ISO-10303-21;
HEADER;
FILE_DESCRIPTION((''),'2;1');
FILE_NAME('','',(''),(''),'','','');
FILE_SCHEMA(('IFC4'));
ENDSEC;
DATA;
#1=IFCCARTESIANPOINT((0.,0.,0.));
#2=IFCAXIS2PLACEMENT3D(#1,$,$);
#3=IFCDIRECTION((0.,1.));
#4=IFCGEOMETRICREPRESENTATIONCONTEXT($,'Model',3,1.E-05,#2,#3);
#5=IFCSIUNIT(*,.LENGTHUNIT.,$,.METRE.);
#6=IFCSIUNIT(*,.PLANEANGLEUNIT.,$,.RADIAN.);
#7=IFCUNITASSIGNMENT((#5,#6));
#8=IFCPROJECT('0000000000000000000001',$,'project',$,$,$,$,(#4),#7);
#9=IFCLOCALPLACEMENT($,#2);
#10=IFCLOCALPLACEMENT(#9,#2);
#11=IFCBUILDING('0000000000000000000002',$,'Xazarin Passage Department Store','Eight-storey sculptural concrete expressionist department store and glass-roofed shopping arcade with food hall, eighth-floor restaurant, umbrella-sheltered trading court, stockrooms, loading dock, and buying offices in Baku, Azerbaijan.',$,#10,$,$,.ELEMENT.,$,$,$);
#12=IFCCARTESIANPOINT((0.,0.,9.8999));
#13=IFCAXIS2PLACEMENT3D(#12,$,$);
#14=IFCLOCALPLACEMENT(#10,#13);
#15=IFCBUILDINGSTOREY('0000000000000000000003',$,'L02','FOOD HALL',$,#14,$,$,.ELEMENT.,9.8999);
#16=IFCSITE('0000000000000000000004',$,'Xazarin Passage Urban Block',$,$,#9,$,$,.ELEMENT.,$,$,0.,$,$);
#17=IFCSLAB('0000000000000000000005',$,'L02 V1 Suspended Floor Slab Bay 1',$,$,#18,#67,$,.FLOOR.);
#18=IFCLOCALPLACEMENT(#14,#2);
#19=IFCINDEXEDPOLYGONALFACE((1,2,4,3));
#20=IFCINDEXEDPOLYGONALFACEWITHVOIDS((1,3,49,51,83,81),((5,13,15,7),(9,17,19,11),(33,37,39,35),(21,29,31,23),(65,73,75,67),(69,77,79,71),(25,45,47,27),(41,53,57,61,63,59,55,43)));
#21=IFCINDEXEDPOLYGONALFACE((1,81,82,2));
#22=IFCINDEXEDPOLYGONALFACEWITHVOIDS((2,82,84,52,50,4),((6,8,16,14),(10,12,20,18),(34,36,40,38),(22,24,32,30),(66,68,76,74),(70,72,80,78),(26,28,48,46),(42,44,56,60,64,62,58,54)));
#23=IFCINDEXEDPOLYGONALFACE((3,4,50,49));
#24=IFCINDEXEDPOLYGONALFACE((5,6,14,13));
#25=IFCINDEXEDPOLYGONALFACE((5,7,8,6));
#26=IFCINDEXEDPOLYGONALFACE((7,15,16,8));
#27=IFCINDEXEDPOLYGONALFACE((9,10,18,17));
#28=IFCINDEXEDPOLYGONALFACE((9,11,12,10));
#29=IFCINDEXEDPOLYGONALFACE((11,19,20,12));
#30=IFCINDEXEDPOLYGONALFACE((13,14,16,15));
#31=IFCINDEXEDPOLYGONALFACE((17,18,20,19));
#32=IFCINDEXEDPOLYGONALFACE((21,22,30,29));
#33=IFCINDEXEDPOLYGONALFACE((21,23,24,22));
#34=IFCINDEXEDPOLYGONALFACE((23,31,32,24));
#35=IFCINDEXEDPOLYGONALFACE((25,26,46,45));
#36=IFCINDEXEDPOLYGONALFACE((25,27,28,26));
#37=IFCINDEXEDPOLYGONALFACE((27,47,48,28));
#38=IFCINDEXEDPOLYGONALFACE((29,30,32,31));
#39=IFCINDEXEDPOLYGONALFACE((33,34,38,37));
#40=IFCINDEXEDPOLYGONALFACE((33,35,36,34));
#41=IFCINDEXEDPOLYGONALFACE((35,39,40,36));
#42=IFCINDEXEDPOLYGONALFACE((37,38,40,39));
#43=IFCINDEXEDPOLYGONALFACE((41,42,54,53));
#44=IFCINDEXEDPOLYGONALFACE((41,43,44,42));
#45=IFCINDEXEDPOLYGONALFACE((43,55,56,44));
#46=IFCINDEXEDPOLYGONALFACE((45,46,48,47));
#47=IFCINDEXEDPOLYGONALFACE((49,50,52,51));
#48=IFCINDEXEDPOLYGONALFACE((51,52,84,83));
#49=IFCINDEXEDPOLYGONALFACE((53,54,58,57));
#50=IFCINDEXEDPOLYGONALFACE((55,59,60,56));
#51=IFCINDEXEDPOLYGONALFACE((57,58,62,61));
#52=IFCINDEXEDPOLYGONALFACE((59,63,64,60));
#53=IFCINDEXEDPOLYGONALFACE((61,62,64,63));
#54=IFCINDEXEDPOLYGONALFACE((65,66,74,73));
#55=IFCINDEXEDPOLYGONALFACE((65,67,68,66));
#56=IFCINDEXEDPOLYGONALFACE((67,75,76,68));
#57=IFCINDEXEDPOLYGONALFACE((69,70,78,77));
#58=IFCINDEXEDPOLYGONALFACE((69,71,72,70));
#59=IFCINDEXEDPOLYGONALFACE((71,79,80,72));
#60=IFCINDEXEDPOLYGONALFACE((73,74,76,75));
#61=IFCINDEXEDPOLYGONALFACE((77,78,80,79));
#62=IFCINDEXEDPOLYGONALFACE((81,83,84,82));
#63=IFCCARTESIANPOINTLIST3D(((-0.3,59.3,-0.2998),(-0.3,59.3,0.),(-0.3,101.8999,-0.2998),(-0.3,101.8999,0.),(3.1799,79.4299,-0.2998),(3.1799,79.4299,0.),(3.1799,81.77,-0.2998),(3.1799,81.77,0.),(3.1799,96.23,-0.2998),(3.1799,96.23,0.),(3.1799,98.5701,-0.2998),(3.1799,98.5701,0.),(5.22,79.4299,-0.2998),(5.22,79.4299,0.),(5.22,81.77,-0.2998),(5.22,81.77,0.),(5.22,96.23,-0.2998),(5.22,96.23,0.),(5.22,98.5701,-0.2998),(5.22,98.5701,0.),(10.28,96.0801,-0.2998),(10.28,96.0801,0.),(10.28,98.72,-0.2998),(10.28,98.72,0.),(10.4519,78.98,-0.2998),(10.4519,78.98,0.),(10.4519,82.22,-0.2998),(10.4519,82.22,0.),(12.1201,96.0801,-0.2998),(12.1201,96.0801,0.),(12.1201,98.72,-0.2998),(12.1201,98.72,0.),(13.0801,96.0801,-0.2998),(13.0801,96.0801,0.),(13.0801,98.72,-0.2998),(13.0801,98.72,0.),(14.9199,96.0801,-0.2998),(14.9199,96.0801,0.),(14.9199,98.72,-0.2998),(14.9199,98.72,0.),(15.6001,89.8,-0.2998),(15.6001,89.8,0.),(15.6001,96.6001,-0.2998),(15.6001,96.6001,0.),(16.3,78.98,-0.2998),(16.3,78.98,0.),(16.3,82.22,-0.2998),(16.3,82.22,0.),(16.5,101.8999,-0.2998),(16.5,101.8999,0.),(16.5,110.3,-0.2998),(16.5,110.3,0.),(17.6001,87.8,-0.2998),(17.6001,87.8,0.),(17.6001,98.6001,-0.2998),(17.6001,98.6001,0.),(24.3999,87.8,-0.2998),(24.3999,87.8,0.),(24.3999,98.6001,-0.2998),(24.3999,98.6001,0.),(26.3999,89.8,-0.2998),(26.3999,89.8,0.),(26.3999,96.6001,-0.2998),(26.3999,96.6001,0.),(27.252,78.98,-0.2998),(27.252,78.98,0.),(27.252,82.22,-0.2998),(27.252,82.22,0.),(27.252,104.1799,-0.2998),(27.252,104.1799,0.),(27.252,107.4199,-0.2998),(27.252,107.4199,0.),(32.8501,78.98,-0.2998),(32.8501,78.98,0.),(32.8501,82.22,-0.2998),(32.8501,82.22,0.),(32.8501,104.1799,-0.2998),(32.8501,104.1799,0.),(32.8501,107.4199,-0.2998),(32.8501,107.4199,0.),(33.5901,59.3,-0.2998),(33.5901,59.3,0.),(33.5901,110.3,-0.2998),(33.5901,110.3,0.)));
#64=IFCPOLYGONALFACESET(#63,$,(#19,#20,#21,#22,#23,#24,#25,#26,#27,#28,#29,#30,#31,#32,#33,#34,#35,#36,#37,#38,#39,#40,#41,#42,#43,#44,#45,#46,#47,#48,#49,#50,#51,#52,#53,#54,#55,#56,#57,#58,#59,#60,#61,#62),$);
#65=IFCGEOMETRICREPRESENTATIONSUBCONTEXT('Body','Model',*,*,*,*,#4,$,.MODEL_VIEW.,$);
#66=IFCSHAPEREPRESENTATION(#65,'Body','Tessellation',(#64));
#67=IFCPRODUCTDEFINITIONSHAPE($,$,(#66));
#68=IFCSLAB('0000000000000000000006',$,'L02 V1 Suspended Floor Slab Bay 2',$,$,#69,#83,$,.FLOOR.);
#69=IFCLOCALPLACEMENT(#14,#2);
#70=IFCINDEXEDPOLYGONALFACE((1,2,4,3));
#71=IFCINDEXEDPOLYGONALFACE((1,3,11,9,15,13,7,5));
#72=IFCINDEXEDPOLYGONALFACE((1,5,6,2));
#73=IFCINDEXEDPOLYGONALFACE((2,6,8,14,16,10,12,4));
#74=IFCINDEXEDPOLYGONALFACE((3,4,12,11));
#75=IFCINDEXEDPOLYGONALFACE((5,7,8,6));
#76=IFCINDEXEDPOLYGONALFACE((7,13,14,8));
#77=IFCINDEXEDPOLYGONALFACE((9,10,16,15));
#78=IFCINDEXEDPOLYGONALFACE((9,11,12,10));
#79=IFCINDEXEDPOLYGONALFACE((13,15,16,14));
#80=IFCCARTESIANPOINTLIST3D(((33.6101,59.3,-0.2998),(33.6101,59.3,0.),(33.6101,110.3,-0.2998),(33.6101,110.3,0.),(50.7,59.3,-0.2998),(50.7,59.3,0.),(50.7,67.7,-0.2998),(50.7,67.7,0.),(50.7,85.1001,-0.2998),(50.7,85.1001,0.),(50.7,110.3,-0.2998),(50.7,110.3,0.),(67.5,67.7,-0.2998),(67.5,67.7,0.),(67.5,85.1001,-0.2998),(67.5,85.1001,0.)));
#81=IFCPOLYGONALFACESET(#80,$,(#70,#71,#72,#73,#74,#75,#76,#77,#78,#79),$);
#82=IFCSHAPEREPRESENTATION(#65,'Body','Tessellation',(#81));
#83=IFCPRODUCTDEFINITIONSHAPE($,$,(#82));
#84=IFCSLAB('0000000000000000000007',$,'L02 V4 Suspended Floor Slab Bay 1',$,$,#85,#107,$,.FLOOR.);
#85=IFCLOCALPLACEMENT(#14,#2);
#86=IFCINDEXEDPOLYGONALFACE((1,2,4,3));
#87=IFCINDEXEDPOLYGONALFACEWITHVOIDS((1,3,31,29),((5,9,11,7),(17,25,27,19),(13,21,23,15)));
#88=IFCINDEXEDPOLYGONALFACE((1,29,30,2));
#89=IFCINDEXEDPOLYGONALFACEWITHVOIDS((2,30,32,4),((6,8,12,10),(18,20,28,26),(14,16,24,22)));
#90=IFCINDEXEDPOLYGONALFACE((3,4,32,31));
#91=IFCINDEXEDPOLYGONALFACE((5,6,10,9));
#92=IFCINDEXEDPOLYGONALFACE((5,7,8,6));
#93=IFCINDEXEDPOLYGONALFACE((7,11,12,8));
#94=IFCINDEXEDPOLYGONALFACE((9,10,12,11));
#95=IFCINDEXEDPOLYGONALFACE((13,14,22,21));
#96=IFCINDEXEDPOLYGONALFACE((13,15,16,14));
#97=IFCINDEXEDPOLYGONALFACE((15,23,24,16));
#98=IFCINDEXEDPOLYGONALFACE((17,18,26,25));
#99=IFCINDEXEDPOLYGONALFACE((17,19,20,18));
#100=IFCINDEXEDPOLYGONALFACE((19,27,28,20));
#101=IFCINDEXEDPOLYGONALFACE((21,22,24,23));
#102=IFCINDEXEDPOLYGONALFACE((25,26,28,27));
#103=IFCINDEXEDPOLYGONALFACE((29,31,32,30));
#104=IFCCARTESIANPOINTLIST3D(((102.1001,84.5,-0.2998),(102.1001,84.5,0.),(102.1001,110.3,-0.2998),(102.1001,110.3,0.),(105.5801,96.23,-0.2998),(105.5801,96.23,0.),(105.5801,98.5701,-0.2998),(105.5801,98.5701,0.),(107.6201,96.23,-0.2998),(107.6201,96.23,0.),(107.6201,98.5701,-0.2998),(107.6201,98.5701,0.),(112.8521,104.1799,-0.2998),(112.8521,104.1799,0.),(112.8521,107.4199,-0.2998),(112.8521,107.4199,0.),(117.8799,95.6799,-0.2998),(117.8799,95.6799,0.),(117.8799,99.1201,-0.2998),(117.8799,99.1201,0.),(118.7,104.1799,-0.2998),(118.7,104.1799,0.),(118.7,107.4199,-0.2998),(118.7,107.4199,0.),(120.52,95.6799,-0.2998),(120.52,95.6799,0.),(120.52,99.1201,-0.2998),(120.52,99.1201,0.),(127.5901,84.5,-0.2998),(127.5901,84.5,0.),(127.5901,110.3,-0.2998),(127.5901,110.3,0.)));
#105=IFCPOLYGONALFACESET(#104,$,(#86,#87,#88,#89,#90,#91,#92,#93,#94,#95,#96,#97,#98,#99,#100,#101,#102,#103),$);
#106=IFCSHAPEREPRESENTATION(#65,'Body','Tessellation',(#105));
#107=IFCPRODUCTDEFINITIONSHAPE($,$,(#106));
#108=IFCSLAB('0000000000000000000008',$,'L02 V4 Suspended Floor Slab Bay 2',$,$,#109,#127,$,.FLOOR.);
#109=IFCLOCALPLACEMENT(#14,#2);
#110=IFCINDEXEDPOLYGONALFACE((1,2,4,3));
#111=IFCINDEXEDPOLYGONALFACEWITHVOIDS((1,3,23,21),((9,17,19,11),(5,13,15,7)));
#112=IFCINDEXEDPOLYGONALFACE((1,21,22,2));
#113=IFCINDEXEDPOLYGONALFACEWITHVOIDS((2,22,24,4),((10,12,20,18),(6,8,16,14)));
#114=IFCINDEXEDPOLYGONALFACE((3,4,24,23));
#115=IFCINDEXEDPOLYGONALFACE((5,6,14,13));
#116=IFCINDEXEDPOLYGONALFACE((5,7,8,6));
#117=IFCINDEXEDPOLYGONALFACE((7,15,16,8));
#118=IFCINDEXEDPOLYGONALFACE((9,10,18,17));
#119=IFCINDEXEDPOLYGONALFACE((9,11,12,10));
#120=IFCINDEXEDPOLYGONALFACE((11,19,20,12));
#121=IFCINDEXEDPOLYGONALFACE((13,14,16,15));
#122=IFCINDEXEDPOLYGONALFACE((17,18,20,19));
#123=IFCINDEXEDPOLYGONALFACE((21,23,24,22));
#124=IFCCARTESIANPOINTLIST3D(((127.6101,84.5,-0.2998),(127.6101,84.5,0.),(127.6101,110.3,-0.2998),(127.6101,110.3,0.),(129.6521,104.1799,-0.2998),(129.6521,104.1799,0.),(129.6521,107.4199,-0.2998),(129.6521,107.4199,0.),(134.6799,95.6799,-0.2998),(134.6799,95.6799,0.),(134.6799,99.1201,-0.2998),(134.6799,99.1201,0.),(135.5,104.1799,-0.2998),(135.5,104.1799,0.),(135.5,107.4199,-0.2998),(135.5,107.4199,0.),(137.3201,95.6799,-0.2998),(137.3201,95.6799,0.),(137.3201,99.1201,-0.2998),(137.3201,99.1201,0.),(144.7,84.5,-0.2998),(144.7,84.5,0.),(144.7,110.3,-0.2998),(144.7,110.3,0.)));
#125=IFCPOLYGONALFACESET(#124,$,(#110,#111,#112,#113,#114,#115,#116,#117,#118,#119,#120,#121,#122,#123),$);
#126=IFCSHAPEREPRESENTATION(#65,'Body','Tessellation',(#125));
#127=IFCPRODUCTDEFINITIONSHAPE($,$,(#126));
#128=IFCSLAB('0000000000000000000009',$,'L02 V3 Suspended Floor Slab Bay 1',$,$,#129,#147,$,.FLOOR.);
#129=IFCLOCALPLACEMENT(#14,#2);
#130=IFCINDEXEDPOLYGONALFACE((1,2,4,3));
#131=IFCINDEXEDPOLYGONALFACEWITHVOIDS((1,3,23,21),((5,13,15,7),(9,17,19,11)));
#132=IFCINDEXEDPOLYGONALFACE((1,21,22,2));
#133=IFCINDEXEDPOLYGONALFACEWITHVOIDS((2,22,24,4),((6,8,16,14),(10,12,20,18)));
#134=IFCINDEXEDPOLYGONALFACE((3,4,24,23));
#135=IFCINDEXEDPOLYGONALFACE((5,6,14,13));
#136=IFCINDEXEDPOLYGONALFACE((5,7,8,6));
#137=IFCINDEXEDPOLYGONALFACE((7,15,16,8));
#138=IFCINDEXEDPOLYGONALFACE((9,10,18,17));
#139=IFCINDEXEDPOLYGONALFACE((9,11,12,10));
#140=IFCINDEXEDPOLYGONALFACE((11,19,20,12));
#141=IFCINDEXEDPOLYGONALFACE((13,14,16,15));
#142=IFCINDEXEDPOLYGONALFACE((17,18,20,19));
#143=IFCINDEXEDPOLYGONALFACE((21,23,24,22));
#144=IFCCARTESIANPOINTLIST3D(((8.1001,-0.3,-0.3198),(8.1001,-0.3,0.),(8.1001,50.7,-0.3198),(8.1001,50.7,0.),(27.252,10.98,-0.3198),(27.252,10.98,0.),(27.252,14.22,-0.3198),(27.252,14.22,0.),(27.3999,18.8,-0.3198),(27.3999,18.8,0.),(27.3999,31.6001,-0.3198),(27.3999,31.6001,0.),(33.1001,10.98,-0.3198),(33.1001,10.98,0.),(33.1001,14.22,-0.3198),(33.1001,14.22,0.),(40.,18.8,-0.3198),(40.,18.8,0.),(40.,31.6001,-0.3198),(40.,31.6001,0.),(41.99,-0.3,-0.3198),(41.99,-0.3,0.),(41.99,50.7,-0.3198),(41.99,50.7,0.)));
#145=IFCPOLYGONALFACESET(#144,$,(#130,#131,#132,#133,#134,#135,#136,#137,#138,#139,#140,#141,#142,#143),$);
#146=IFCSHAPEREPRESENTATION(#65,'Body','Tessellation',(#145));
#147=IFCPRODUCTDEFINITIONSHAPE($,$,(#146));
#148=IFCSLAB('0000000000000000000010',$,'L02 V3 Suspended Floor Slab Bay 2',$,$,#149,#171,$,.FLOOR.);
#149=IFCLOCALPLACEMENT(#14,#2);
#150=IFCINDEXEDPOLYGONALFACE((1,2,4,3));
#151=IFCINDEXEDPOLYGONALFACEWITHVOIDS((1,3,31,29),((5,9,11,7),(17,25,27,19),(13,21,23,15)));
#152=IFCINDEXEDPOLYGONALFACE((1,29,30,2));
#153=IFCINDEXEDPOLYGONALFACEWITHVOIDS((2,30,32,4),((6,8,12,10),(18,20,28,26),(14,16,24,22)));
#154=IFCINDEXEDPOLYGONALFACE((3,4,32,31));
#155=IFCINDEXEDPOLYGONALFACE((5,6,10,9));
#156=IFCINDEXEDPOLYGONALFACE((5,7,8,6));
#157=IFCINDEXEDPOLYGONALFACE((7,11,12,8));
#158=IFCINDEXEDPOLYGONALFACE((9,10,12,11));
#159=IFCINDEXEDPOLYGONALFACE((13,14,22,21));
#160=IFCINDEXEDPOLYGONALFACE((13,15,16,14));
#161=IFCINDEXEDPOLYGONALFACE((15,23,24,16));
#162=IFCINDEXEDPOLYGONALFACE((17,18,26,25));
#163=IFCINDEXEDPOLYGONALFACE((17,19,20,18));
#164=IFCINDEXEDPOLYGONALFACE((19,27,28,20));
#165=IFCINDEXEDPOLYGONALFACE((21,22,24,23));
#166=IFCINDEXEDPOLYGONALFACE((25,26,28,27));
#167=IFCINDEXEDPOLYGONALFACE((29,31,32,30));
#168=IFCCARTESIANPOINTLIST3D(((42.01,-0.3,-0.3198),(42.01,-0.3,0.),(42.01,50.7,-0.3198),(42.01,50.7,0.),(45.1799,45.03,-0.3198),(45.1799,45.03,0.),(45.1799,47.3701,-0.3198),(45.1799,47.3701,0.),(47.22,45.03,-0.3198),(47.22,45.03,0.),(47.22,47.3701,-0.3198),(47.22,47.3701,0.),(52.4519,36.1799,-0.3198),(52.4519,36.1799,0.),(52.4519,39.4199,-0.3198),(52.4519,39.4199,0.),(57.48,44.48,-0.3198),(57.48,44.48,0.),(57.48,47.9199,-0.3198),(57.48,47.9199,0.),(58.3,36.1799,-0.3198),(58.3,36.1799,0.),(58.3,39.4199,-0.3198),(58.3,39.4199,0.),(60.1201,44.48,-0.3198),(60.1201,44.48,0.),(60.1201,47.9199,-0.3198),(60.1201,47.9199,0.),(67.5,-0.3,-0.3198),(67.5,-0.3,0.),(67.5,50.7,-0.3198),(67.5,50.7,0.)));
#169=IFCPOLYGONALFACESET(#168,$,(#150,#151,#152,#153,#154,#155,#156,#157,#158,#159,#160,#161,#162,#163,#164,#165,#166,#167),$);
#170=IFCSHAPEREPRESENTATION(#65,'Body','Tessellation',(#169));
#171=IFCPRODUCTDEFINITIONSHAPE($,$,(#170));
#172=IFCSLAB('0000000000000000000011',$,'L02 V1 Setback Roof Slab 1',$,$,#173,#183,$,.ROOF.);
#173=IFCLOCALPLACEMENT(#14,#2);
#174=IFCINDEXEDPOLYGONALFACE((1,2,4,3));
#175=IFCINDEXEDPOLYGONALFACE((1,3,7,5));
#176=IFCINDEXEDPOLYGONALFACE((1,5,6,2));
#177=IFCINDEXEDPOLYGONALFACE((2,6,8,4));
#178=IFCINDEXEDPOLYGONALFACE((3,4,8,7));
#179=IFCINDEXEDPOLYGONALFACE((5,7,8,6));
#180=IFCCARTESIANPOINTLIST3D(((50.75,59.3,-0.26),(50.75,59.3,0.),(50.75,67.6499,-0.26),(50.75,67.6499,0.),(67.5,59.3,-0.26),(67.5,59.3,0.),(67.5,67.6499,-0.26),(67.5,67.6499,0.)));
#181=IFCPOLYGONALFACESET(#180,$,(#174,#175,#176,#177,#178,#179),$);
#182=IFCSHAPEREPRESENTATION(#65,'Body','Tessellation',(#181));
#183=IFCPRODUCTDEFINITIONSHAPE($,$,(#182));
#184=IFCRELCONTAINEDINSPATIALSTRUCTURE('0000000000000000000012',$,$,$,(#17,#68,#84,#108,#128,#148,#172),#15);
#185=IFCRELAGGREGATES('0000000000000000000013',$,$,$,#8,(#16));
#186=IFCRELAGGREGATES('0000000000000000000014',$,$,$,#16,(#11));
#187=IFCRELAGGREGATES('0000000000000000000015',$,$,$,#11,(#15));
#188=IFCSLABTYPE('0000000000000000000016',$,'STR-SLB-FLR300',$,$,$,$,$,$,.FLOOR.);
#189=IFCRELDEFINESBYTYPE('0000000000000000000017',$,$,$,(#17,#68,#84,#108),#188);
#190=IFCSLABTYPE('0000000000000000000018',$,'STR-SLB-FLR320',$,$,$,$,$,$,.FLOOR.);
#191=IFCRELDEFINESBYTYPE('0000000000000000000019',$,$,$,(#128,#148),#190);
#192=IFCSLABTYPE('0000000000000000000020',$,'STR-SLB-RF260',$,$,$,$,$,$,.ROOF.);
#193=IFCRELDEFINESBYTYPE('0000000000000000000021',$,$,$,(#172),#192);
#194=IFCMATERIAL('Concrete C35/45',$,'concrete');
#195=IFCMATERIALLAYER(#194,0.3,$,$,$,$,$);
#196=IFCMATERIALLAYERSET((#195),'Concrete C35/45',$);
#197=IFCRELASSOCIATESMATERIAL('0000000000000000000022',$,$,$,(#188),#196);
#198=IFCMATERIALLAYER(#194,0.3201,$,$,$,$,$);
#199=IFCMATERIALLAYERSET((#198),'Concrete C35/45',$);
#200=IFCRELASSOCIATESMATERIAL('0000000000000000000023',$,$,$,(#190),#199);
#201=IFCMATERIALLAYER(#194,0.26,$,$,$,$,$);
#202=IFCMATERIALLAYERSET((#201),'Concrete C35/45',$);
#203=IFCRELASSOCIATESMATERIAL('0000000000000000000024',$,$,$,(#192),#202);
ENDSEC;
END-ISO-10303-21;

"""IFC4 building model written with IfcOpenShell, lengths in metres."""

from ifc_helpers import new_model, si_unit, direction, frame, origin, place, context, subcontext, project, spatial, polyline, outline, extrude, material, layer, layer_set, type_object, element, save


model = new_model("IFC4")

# Units and contexts
model_context = context("Model", 3, precision=1e-05, world=origin(), true_north=direction((0.0, 1.0)))
body_context = subcontext(model_context, "Body", "Model", "MODEL_VIEW")
ifc_project = project(units=[si_unit("LENGTHUNIT", "METRE"), si_unit("PLANEANGLEUNIT", "RADIAN")], contexts=[model_context])

# Site, building, storey
site_placement = place(None, origin())
site = spatial("IfcSite", under=ifc_project, at=site_placement, Name="Xazarin Passage Urban Block", CompositionType="ELEMENT", RefElevation=0.0)
building_placement = place(site_placement, origin())
building = spatial("IfcBuilding", under=site, at=building_placement, Name="Xazarin Passage Department Store", Description="Eight-storey sculptural concrete expressionist department store and glass-roofed shopping arcade with food hall, eighth-floor restaurant, umbrella-sheltered trading court, stockrooms, loading dock, and buying offices in Baku, Azerbaijan.", CompositionType="ELEMENT")
storey_placement = place(building_placement, frame((0.0, 0.0, 9.8999)))
storey = spatial("IfcBuildingStorey", under=building, at=storey_placement, Name="L02", Description="FOOD HALL", CompositionType="ELEMENT", Elevation=9.8999)

# Slabs
ifc_material_1 = material(Name="Concrete C35/45", Category="concrete")
ifc_layer_1 = layer(ifc_material_1, 0.3)
ifc_layer_set_1 = layer_set([ifc_layer_1], Name="Concrete C35/45")
slab_type_1 = type_object("IfcSlabType", Name="STR-SLB-FLR300", PredefinedType="FLOOR", material=ifc_layer_set_1)
slab_1_placement = place(storey_placement, frame((0.0, 0.0, -0.2998)))
element("IfcSlab", 1, at=slab_1_placement, inside=storey, type_object=slab_type_1, Name="L02 V1 Suspended Floor Slab Bay 1", PredefinedType="FLOOR", context=body_context, shape_type="SweptSolid", body=[
    extrude(outline(polyline([(33.5901, 59.3), (33.5901, 110.3), (16.5, 110.3), (16.5, 101.8999), (-0.3, 101.8999), (-0.3, 59.3), (33.5901, 59.3)]), holes=[polyline([(32.8501, 82.22), (32.8501, 78.98), (27.252, 78.98), (27.252, 82.22), (32.8501, 82.22)]), polyline([(32.8501, 107.4199), (32.8501, 104.1799), (27.252, 104.1799), (27.252, 107.4199), (32.8501, 107.4199)]), polyline([(15.6001, 96.6001), (17.6001, 98.6001), (24.3999, 98.6001), (26.3999, 96.6001), (26.3999, 89.8), (24.3999, 87.8), (17.6001, 87.8), (15.6001, 89.8), (15.6001, 96.6001)]), polyline([(16.3, 82.22), (16.3, 78.98), (10.4519, 78.98), (10.4519, 82.22), (16.3, 82.22)]), polyline([(13.0801, 98.72), (14.9199, 98.72), (14.9199, 96.0801), (13.0801, 96.0801), (13.0801, 98.72)]), polyline([(10.28, 98.72), (12.1201, 98.72), (12.1201, 96.0801), (10.28, 96.0801), (10.28, 98.72)]), polyline([(3.1799, 81.77), (5.22, 81.77), (5.22, 79.4299), (3.1799, 79.4299), (3.1799, 81.77)]), polyline([(3.1799, 98.5701), (5.22, 98.5701), (5.22, 96.23), (3.1799, 96.23), (3.1799, 98.5701)])]), origin(), (0.0, 0.0, 1.0), 0.2998),
])
slab_2_placement = place(storey_placement, frame((0.0, 0.0, -0.2998)))
element("IfcSlab", 2, at=slab_2_placement, inside=storey, type_object=slab_type_1, Name="L02 V1 Suspended Floor Slab Bay 2", PredefinedType="FLOOR", context=body_context, shape_type="SweptSolid", body=[
    extrude(outline(polyline([(50.7, 67.7), (67.5, 67.7), (67.5, 85.1001), (50.7, 85.1001), (50.7, 110.3), (33.6101, 110.3), (33.6101, 59.3), (50.7, 59.3), (50.7, 67.7)])), origin(), (0.0, 0.0, 1.0), 0.2998),
])
slab_3_placement = place(storey_placement, frame((0.0, 0.0, -0.2998)))
element("IfcSlab", 3, at=slab_3_placement, inside=storey, type_object=slab_type_1, Name="L02 V4 Suspended Floor Slab Bay 1", PredefinedType="FLOOR", context=body_context, shape_type="SweptSolid", body=[
    extrude(outline(polyline([(102.1001, 84.5), (127.5901, 84.5), (127.5901, 110.3), (102.1001, 110.3), (102.1001, 84.5)]), holes=[polyline([(117.8799, 95.6799), (117.8799, 99.1201), (120.52, 99.1201), (120.52, 95.6799), (117.8799, 95.6799)]), polyline([(118.7, 107.4199), (118.7, 104.1799), (112.8521, 104.1799), (112.8521, 107.4199), (118.7, 107.4199)]), polyline([(105.5801, 96.23), (105.5801, 98.5701), (107.6201, 98.5701), (107.6201, 96.23), (105.5801, 96.23)])]), origin(), (0.0, 0.0, 1.0), 0.2998),
])
slab_4_placement = place(storey_placement, frame((0.0, 0.0, -0.2998)))
element("IfcSlab", 4, at=slab_4_placement, inside=storey, type_object=slab_type_1, Name="L02 V4 Suspended Floor Slab Bay 2", PredefinedType="FLOOR", context=body_context, shape_type="SweptSolid", body=[
    extrude(outline(polyline([(127.6101, 110.3), (127.6101, 84.5), (144.7, 84.5), (144.7, 110.3), (127.6101, 110.3)]), holes=[polyline([(134.6799, 95.6799), (134.6799, 99.1201), (137.3201, 99.1201), (137.3201, 95.6799), (134.6799, 95.6799)]), polyline([(135.5, 107.4199), (135.5, 104.1799), (129.6521, 104.1799), (129.6521, 107.4199), (135.5, 107.4199)])]), origin(), (0.0, 0.0, 1.0), 0.2998),
])
ifc_layer_2 = layer(ifc_material_1, 0.3201)
ifc_layer_set_2 = layer_set([ifc_layer_2], Name="Concrete C35/45")
slab_type_2 = type_object("IfcSlabType", Name="STR-SLB-FLR320", PredefinedType="FLOOR", material=ifc_layer_set_2)
slab_5_placement = place(storey_placement, frame((0.0, 0.0, -0.3198)))
element("IfcSlab", 5, at=slab_5_placement, inside=storey, type_object=slab_type_2, Name="L02 V3 Suspended Floor Slab Bay 1", PredefinedType="FLOOR", context=body_context, shape_type="SweptSolid", body=[
    extrude(outline(polyline([(8.1001, -0.3), (41.99, -0.3), (41.99, 50.7), (8.1001, 50.7), (8.1001, -0.3)]), holes=[polyline([(27.3999, 18.8), (27.3999, 31.6001), (40.0, 31.6001), (40.0, 18.8), (27.3999, 18.8)]), polyline([(27.252, 14.22), (33.1001, 14.22), (33.1001, 10.98), (27.252, 10.98), (27.252, 14.22)])]), origin(), (0.0, 0.0, 1.0), 0.3198),
])
slab_6_placement = place(storey_placement, frame((0.0, 0.0, -0.3198)))
element("IfcSlab", 6, at=slab_6_placement, inside=storey, type_object=slab_type_2, Name="L02 V3 Suspended Floor Slab Bay 2", PredefinedType="FLOOR", context=body_context, shape_type="SweptSolid", body=[
    extrude(outline(polyline([(42.01, 50.7), (42.01, -0.3), (67.5, -0.3), (67.5, 50.7), (42.01, 50.7)]), holes=[polyline([(57.48, 47.9199), (60.1201, 47.9199), (60.1201, 44.48), (57.48, 44.48), (57.48, 47.9199)]), polyline([(52.4519, 39.4199), (58.3, 39.4199), (58.3, 36.1799), (52.4519, 36.1799), (52.4519, 39.4199)]), polyline([(45.1799, 47.3701), (47.22, 47.3701), (47.22, 45.03), (45.1799, 45.03), (45.1799, 47.3701)])]), origin(), (0.0, 0.0, 1.0), 0.3198),
])
ifc_layer_3 = layer(ifc_material_1, 0.26)
ifc_layer_set_3 = layer_set([ifc_layer_3], Name="Concrete C35/45")
slab_type_3 = type_object("IfcSlabType", Name="STR-SLB-RF260", PredefinedType="ROOF", material=ifc_layer_set_3)
slab_7_placement = place(storey_placement, frame((0.0, 0.0, -0.26)))
element("IfcSlab", 7, at=slab_7_placement, inside=storey, type_object=slab_type_3, Name="L02 V1 Setback Roof Slab 1", PredefinedType="ROOF", context=body_context, shape_type="SweptSolid", body=[
    extrude(outline(polyline([(67.5, 59.3), (67.5, 67.6499), (50.75, 67.6499), (50.75, 59.3), (67.5, 59.3)])), origin(), (0.0, 0.0, 1.0), 0.26),
])

save(model, "model.ifc")
